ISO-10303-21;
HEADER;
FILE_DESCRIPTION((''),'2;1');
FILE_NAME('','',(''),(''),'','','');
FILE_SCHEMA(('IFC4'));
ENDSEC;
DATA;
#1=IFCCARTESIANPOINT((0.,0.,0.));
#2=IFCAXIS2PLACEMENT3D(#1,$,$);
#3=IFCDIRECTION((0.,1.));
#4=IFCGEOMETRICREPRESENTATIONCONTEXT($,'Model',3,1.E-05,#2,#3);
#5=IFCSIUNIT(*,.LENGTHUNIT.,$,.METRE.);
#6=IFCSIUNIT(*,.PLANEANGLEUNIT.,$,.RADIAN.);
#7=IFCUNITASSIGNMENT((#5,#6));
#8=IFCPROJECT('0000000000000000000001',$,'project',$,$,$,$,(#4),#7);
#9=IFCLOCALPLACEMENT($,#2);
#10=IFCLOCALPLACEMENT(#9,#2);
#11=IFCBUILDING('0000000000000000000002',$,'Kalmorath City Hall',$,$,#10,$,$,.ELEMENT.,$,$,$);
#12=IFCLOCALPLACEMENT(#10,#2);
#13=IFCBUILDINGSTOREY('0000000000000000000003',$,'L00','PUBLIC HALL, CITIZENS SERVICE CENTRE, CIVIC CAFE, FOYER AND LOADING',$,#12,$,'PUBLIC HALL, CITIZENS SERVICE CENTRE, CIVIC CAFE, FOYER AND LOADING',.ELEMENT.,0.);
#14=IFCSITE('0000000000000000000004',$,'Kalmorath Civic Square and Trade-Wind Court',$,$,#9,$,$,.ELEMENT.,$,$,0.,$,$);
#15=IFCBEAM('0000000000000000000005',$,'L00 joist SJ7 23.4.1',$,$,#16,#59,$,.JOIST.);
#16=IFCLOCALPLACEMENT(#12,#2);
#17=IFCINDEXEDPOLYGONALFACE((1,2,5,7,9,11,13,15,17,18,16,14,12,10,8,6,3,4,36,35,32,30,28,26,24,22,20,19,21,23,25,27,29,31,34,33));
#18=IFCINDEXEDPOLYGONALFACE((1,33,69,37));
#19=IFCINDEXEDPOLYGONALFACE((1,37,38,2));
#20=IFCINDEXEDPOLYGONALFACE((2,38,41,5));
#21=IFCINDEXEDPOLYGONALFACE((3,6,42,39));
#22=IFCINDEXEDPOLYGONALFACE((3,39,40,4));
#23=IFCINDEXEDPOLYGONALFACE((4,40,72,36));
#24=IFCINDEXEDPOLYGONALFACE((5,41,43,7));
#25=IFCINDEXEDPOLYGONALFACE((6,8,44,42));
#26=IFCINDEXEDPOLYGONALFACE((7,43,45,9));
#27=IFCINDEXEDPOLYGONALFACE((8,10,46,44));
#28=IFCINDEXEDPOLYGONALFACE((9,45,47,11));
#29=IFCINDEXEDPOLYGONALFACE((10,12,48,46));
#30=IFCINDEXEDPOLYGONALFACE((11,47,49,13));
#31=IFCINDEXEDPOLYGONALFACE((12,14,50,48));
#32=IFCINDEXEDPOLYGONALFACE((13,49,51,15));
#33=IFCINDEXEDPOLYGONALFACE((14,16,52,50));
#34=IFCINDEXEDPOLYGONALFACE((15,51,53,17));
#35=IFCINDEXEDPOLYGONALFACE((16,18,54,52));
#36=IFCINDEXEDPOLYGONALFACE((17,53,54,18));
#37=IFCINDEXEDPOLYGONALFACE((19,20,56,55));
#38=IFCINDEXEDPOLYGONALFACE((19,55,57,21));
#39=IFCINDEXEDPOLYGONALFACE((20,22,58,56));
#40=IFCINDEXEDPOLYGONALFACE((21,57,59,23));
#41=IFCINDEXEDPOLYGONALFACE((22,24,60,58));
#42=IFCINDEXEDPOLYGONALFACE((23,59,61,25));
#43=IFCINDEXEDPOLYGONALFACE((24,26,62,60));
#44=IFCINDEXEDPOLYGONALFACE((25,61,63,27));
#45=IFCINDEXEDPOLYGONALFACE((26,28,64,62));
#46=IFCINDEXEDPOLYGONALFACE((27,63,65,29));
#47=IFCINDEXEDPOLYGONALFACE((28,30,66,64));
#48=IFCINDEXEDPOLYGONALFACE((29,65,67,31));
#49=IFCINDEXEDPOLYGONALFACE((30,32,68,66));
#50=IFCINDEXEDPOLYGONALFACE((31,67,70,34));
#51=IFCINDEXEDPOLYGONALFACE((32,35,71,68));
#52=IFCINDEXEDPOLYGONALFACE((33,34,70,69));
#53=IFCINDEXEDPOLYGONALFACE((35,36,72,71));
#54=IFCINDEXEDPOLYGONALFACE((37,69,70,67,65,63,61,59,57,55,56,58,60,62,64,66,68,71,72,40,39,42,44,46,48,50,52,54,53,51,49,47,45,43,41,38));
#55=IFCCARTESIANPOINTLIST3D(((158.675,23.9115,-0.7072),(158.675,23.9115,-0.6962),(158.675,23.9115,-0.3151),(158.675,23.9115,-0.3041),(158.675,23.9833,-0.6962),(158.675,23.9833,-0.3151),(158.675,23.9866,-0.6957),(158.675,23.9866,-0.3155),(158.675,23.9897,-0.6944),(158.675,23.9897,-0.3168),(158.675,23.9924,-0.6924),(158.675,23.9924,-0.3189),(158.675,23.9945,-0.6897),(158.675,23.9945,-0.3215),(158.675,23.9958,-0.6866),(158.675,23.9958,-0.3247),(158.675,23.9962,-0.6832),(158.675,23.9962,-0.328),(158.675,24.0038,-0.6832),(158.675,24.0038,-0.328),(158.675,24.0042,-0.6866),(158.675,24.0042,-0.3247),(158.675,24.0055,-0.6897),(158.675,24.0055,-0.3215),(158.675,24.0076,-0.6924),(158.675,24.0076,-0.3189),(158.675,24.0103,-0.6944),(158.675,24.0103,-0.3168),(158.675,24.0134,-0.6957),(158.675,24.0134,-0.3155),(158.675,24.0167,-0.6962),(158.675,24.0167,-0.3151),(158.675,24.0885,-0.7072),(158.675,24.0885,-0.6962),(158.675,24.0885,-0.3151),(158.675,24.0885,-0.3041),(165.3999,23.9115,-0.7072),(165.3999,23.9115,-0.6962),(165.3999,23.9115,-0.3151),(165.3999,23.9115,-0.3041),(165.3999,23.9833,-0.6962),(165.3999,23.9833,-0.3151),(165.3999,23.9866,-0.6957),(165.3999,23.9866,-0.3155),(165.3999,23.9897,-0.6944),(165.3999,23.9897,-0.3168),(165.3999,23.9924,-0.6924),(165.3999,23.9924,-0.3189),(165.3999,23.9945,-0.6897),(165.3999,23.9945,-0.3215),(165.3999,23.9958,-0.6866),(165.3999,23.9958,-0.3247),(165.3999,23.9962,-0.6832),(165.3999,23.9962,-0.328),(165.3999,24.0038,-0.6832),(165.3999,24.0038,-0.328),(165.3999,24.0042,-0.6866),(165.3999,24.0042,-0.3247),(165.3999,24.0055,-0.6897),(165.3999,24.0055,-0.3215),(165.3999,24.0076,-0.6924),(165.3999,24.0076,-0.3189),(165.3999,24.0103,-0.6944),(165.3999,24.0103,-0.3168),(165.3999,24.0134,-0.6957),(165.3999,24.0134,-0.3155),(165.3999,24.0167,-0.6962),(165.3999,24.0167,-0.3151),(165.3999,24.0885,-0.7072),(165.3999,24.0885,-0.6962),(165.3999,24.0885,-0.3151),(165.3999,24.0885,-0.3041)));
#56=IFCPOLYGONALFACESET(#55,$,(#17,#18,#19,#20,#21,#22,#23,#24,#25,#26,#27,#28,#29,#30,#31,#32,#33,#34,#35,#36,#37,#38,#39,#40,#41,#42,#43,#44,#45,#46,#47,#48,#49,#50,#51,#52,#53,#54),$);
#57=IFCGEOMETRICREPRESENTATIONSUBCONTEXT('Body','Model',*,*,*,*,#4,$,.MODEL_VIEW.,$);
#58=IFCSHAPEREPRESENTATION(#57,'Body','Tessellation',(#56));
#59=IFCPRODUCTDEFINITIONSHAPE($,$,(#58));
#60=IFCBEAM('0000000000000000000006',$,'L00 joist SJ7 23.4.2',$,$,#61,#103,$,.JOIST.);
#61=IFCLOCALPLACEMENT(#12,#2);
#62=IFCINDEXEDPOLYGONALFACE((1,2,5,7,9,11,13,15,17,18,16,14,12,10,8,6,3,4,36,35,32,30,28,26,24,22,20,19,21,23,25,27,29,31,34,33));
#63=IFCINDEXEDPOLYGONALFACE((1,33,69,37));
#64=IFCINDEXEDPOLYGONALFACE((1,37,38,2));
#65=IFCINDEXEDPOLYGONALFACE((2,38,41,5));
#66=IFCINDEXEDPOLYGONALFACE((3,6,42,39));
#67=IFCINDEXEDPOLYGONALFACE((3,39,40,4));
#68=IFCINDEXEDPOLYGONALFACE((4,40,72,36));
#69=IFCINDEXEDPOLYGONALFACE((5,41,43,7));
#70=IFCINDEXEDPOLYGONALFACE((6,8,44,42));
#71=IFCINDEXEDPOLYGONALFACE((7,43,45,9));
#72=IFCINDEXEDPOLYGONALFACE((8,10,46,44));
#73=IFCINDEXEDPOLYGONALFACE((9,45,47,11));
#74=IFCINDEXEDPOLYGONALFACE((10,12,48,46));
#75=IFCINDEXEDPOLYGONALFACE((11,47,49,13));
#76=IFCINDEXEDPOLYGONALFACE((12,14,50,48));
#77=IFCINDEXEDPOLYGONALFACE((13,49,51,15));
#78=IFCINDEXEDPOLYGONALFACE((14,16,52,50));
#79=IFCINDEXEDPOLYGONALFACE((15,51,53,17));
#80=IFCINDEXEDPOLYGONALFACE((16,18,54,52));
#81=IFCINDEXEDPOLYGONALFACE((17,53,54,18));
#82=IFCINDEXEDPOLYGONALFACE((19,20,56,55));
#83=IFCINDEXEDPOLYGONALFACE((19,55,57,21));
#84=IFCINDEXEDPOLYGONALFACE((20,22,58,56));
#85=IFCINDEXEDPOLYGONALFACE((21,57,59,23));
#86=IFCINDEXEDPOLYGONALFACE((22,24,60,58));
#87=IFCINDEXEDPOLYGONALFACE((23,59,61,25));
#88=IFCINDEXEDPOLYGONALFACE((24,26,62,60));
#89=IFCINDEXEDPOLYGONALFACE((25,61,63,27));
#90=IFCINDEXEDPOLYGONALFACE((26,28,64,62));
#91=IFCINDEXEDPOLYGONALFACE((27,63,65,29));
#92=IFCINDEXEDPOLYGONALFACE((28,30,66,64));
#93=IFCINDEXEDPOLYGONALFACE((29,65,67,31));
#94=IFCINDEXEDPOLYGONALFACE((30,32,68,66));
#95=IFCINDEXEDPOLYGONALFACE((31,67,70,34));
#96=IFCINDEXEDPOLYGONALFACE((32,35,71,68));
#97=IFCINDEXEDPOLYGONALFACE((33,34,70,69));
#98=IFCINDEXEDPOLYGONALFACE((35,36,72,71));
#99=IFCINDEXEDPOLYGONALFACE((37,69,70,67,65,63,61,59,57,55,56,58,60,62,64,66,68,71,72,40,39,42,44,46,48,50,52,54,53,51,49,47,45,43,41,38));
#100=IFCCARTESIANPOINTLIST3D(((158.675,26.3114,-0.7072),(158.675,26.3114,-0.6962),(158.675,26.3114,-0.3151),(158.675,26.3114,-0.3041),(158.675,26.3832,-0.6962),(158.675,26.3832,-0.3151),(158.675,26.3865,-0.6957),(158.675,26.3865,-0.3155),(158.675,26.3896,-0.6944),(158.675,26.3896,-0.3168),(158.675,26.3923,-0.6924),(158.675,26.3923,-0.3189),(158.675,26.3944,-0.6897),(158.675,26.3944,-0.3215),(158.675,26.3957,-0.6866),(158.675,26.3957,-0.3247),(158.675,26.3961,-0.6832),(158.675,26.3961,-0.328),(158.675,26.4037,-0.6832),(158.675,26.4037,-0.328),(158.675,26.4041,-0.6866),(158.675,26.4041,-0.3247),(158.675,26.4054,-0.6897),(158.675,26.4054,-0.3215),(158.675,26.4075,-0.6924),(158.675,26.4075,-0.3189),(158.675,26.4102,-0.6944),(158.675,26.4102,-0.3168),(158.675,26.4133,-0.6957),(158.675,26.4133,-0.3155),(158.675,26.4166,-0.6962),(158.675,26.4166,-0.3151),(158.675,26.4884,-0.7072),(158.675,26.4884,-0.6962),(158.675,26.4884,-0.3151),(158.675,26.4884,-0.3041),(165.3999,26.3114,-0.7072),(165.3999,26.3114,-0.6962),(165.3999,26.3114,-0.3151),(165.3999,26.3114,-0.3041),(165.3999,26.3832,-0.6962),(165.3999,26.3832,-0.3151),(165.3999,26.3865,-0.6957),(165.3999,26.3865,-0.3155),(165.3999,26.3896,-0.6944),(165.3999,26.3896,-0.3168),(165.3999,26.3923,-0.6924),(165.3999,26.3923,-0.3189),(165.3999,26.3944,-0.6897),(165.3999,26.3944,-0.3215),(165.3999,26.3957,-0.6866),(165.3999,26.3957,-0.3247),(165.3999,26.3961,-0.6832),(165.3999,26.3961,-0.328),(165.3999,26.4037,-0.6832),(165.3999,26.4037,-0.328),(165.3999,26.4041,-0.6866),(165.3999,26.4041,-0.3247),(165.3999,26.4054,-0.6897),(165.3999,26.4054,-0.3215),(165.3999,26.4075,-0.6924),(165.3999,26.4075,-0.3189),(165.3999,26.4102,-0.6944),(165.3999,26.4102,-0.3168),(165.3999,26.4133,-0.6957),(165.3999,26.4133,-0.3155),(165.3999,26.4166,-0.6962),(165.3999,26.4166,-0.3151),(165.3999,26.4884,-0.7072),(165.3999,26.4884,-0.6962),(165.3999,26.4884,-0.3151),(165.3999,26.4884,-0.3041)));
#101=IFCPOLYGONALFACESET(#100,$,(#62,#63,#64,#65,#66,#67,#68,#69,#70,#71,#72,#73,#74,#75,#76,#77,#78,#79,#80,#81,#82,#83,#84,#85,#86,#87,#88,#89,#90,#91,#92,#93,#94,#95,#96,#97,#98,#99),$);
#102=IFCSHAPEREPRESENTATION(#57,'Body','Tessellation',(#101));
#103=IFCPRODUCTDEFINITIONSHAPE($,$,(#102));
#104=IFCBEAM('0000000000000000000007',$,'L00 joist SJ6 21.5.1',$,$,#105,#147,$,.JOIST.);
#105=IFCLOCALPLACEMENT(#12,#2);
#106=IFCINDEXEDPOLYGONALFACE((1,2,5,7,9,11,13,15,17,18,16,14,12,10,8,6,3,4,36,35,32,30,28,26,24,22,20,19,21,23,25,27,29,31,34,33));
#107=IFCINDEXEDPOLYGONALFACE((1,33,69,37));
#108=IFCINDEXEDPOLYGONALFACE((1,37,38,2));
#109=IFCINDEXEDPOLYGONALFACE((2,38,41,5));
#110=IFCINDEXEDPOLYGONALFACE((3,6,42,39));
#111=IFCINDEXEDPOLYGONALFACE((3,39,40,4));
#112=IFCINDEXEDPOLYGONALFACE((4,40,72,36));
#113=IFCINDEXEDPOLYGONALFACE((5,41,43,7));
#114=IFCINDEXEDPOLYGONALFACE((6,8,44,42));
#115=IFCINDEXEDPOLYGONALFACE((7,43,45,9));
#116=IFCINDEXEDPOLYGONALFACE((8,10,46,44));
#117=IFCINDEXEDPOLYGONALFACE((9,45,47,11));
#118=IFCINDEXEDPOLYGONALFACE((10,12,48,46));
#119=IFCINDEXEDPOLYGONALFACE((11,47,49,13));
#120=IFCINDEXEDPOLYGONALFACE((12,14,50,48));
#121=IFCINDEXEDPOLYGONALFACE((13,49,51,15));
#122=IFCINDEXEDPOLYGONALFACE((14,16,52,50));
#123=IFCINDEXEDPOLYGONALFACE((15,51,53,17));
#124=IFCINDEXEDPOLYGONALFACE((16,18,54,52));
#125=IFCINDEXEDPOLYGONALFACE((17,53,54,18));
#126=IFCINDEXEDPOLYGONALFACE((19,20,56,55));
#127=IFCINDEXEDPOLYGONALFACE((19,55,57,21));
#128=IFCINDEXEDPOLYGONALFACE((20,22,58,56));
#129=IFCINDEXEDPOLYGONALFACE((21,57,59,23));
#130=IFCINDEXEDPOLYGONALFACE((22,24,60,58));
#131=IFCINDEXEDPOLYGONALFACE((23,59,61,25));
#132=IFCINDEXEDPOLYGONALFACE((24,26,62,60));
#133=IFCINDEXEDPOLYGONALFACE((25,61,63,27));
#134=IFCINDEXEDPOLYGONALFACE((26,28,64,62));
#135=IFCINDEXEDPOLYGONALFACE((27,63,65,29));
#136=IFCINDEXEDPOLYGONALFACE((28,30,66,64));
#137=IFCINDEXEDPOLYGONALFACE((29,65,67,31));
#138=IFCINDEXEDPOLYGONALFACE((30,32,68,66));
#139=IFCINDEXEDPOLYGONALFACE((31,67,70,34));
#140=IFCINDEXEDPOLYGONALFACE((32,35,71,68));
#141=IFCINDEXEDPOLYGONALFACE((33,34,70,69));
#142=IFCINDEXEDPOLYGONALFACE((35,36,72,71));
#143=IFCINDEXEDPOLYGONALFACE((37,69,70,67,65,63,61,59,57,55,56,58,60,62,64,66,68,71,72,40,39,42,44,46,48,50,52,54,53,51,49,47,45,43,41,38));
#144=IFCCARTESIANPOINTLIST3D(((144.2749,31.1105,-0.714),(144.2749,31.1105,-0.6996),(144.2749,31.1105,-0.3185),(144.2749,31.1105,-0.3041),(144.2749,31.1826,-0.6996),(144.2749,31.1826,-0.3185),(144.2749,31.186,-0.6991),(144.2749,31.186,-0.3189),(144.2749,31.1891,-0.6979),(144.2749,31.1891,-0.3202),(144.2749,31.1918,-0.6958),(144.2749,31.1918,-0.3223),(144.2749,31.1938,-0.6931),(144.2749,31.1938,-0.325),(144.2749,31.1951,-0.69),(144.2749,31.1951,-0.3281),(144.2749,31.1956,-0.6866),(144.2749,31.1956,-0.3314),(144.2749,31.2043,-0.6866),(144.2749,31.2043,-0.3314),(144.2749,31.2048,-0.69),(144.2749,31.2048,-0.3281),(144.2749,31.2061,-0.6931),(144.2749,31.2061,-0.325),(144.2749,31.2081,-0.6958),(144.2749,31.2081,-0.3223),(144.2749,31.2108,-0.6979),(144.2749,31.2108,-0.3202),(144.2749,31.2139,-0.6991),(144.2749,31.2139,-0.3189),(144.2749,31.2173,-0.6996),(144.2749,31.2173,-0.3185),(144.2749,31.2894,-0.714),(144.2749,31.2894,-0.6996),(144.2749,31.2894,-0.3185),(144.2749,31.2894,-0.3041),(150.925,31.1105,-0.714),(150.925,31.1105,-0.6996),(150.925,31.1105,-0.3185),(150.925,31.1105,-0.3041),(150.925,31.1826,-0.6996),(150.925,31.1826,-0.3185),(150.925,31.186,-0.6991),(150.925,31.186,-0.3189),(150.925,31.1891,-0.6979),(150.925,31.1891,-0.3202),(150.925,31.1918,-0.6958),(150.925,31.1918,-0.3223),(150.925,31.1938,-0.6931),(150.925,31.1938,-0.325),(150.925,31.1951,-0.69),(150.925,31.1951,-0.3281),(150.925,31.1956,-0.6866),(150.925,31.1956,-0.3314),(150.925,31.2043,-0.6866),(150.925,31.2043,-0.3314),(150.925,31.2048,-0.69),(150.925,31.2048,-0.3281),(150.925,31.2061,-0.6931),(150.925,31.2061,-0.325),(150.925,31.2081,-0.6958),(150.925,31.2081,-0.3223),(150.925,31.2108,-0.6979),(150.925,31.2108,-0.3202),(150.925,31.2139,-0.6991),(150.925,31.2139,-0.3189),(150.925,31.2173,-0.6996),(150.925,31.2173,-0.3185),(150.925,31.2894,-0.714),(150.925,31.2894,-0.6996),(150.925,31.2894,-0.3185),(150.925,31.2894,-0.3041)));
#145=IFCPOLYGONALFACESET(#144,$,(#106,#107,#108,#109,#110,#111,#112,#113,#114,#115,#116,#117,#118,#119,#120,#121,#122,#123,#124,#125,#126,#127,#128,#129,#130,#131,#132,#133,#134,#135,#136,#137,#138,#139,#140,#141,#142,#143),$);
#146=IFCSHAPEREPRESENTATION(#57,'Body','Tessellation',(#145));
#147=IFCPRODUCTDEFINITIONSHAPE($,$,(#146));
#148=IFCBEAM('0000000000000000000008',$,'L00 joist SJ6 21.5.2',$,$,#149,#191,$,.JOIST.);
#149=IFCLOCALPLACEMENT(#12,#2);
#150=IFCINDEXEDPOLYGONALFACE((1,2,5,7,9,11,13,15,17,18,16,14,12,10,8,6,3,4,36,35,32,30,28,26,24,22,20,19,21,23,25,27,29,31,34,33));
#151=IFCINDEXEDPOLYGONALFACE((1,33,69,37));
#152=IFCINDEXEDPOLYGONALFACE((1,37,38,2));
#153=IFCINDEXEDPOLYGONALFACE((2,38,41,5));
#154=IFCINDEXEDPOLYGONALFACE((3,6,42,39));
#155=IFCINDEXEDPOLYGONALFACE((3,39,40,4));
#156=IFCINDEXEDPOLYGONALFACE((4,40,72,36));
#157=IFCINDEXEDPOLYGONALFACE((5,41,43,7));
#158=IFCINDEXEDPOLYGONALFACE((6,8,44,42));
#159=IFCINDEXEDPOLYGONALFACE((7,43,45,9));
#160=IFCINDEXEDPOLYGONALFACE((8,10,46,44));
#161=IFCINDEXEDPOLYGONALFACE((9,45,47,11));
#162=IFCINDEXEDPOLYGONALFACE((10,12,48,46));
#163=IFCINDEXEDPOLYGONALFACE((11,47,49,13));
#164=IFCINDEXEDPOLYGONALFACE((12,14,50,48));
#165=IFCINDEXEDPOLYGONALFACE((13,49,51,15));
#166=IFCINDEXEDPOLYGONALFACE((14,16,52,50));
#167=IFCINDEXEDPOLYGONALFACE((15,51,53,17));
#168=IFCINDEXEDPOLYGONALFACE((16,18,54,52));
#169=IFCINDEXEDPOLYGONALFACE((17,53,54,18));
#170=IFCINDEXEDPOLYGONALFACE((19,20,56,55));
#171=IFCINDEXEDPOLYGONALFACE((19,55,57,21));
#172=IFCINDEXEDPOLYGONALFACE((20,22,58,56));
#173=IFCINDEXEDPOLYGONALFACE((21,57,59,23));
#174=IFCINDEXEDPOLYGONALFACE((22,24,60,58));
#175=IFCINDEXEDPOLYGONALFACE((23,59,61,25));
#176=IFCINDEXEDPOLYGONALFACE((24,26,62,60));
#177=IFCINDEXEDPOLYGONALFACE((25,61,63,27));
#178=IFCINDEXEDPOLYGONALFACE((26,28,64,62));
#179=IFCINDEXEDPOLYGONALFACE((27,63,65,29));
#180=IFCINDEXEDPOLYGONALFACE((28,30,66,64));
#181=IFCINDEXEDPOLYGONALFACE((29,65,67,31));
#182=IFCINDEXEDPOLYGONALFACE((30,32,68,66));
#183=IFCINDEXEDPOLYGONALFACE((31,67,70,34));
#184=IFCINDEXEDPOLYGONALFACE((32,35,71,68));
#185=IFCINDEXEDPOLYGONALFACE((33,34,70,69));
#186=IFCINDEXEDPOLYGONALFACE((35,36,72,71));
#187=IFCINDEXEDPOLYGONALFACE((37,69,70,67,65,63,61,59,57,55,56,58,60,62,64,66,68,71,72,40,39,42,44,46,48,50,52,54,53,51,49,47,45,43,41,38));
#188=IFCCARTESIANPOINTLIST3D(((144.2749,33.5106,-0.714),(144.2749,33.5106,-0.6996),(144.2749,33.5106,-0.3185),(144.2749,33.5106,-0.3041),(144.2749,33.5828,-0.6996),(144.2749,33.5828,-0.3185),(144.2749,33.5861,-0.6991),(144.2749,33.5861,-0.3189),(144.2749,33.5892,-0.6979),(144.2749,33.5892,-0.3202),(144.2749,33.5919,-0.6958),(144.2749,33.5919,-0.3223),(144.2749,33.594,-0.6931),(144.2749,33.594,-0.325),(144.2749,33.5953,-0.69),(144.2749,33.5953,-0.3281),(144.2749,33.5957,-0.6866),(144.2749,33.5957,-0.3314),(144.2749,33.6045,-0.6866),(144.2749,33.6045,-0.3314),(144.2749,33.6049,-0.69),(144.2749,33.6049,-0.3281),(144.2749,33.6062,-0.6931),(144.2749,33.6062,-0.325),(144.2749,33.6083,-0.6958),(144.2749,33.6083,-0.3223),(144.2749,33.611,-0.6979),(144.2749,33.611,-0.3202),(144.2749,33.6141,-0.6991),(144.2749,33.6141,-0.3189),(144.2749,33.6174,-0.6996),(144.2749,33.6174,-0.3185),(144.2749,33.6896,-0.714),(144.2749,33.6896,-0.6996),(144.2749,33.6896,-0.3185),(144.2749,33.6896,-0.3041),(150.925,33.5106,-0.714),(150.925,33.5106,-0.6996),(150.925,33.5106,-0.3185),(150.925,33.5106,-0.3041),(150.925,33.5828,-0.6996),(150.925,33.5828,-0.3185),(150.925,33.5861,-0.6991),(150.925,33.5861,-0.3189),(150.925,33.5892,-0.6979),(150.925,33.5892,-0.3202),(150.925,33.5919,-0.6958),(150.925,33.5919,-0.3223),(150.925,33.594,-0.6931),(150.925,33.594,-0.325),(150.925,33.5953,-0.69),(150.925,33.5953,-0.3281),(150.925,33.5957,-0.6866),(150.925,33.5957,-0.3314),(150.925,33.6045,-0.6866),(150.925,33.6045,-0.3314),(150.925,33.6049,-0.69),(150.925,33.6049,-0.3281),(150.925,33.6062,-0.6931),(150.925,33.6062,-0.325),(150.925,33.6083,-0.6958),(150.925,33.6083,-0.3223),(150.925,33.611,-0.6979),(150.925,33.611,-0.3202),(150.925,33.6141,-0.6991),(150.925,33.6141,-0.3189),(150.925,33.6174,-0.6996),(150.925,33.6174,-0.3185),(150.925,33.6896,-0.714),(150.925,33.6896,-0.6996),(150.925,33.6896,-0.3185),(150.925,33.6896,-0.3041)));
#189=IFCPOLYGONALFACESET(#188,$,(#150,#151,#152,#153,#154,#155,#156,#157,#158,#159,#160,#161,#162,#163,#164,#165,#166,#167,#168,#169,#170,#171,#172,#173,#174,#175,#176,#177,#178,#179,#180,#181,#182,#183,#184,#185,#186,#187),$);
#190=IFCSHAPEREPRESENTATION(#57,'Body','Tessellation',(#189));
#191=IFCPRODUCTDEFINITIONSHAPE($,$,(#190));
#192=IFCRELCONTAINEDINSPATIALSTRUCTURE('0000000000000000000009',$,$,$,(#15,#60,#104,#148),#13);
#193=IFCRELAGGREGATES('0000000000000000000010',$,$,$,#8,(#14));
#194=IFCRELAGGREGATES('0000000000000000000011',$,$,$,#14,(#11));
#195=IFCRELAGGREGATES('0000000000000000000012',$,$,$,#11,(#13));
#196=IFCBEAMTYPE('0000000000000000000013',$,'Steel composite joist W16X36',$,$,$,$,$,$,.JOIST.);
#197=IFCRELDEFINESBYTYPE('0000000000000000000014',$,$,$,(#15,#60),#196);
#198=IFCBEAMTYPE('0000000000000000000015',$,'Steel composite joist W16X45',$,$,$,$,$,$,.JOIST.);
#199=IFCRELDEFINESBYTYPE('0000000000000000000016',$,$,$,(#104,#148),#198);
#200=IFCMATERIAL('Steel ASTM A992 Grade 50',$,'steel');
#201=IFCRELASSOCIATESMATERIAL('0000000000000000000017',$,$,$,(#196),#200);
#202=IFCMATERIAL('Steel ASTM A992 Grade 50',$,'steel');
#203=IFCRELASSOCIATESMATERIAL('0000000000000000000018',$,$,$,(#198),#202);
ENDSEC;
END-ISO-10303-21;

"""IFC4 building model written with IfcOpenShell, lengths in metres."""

from ifc_helpers import new_model, si_unit, direction, frame, origin, origin_2d, place, context, subcontext, project, spatial, i_section, extrude, material, material_profile, profile_set, type_object, element, save


model = new_model("IFC4")

# Units and contexts
model_context = context("Model", 3, precision=1e-05, world=origin(), true_north=direction((0.0, 1.0)))
body_context = subcontext(model_context, "Body", "Model", "MODEL_VIEW")
ifc_project = project(units=[si_unit("LENGTHUNIT", "METRE"), si_unit("PLANEANGLEUNIT", "RADIAN")], contexts=[model_context])

# Site, building, storey
site_placement = place(None, origin())
site = spatial("IfcSite", under=ifc_project, at=site_placement, Name="Kalmorath Civic Square and Trade-Wind Court", CompositionType="ELEMENT", RefElevation=0.0)
building_placement = place(site_placement, origin())
building = spatial("IfcBuilding", under=site, at=building_placement, Name="Kalmorath City Hall", CompositionType="ELEMENT")
storey_placement = place(building_placement, origin())
storey = spatial("IfcBuildingStorey", under=building, at=storey_placement, Name="L00", Description="PUBLIC HALL, CITIZENS SERVICE CENTRE, CIVIC CAFE, FOYER AND LOADING", LongName="PUBLIC HALL, CITIZENS SERVICE CENTRE, CIVIC CAFE, FOYER AND LOADING", CompositionType="ELEMENT", Elevation=0.0)

# Beams
ifc_material_1 = material(Name="Steel ASTM A992 Grade 50", Category="steel")
ifc_material_profile_1 = material_profile(ifc_material_1, i_section(OverallWidth=0.177, OverallDepth=0.4031, WebThickness=0.0076, FlangeThickness=0.011, FilletRadius=0.0129, at=origin_2d()), Name="W16X36")
ifc_profile_set_1 = profile_set([ifc_material_profile_1], Name="Steel ASTM A992 Grade 50")
beam_type_1 = type_object("IfcBeamType", Name="Steel composite joist W16X36", PredefinedType="JOIST", material=ifc_profile_set_1)
for number, where, z_axis, x_axis, name in (
    (1, (158.675, 24.0, -0.5056), (1.0, 0.0, 0.0), (0.0, 1.0, 0.0), "L00 joist SJ7 23.4.1"),
    (2, (158.675, 26.3999, -0.5056), (1.0, 0.0, 0.0), (0.0, 1.0, 0.0), "L00 joist SJ7 23.4.2"),
):
    element("IfcBeam", number, at=place(storey_placement, frame(where, z_axis=z_axis, x_axis=x_axis)), inside=storey, type_object=beam_type_1, Name=name, PredefinedType="JOIST", context=body_context, shape_type="SweptSolid", body=[
        extrude(i_section(OverallWidth=0.177, OverallDepth=0.4031, WebThickness=0.0076, FlangeThickness=0.011, FilletRadius=0.0129, at=origin_2d()), origin(), (0.0, 0.0, 1.0), 6.7249),
    ])
ifc_material_2 = material(Name="Steel ASTM A992 Grade 50", Category="steel")
ifc_material_profile_2 = material_profile(ifc_material_2, i_section(OverallWidth=0.179, OverallDepth=0.4099, WebThickness=0.0088, FlangeThickness=0.0144, FilletRadius=0.0129, at=origin_2d()), Name="W16X45")
ifc_profile_set_2 = profile_set([ifc_material_profile_2], Name="Steel ASTM A992 Grade 50")
beam_type_2 = type_object("IfcBeamType", Name="Steel composite joist W16X45", PredefinedType="JOIST", material=ifc_profile_set_2)
for number, where, z_axis, x_axis, name in (
    (3, (144.2749, 31.2, -0.509), (1.0, 0.0, 0.0), (0.0, 1.0, 0.0), "L00 joist SJ6 21.5.1"),
    (4, (144.2749, 33.6001, -0.509), (1.0, 0.0, 0.0), (0.0, 1.0, 0.0), "L00 joist SJ6 21.5.2"),
):
    element("IfcBeam", number, at=place(storey_placement, frame(where, z_axis=z_axis, x_axis=x_axis)), inside=storey, type_object=beam_type_2, Name=name, PredefinedType="JOIST", context=body_context, shape_type="SweptSolid", body=[
        extrude(i_section(OverallWidth=0.179, OverallDepth=0.4099, WebThickness=0.0088, FlangeThickness=0.0144, FilletRadius=0.0129, at=origin_2d()), origin(), (0.0, 0.0, 1.0), 6.6501),
    ])

save(model, "model.ifc")
